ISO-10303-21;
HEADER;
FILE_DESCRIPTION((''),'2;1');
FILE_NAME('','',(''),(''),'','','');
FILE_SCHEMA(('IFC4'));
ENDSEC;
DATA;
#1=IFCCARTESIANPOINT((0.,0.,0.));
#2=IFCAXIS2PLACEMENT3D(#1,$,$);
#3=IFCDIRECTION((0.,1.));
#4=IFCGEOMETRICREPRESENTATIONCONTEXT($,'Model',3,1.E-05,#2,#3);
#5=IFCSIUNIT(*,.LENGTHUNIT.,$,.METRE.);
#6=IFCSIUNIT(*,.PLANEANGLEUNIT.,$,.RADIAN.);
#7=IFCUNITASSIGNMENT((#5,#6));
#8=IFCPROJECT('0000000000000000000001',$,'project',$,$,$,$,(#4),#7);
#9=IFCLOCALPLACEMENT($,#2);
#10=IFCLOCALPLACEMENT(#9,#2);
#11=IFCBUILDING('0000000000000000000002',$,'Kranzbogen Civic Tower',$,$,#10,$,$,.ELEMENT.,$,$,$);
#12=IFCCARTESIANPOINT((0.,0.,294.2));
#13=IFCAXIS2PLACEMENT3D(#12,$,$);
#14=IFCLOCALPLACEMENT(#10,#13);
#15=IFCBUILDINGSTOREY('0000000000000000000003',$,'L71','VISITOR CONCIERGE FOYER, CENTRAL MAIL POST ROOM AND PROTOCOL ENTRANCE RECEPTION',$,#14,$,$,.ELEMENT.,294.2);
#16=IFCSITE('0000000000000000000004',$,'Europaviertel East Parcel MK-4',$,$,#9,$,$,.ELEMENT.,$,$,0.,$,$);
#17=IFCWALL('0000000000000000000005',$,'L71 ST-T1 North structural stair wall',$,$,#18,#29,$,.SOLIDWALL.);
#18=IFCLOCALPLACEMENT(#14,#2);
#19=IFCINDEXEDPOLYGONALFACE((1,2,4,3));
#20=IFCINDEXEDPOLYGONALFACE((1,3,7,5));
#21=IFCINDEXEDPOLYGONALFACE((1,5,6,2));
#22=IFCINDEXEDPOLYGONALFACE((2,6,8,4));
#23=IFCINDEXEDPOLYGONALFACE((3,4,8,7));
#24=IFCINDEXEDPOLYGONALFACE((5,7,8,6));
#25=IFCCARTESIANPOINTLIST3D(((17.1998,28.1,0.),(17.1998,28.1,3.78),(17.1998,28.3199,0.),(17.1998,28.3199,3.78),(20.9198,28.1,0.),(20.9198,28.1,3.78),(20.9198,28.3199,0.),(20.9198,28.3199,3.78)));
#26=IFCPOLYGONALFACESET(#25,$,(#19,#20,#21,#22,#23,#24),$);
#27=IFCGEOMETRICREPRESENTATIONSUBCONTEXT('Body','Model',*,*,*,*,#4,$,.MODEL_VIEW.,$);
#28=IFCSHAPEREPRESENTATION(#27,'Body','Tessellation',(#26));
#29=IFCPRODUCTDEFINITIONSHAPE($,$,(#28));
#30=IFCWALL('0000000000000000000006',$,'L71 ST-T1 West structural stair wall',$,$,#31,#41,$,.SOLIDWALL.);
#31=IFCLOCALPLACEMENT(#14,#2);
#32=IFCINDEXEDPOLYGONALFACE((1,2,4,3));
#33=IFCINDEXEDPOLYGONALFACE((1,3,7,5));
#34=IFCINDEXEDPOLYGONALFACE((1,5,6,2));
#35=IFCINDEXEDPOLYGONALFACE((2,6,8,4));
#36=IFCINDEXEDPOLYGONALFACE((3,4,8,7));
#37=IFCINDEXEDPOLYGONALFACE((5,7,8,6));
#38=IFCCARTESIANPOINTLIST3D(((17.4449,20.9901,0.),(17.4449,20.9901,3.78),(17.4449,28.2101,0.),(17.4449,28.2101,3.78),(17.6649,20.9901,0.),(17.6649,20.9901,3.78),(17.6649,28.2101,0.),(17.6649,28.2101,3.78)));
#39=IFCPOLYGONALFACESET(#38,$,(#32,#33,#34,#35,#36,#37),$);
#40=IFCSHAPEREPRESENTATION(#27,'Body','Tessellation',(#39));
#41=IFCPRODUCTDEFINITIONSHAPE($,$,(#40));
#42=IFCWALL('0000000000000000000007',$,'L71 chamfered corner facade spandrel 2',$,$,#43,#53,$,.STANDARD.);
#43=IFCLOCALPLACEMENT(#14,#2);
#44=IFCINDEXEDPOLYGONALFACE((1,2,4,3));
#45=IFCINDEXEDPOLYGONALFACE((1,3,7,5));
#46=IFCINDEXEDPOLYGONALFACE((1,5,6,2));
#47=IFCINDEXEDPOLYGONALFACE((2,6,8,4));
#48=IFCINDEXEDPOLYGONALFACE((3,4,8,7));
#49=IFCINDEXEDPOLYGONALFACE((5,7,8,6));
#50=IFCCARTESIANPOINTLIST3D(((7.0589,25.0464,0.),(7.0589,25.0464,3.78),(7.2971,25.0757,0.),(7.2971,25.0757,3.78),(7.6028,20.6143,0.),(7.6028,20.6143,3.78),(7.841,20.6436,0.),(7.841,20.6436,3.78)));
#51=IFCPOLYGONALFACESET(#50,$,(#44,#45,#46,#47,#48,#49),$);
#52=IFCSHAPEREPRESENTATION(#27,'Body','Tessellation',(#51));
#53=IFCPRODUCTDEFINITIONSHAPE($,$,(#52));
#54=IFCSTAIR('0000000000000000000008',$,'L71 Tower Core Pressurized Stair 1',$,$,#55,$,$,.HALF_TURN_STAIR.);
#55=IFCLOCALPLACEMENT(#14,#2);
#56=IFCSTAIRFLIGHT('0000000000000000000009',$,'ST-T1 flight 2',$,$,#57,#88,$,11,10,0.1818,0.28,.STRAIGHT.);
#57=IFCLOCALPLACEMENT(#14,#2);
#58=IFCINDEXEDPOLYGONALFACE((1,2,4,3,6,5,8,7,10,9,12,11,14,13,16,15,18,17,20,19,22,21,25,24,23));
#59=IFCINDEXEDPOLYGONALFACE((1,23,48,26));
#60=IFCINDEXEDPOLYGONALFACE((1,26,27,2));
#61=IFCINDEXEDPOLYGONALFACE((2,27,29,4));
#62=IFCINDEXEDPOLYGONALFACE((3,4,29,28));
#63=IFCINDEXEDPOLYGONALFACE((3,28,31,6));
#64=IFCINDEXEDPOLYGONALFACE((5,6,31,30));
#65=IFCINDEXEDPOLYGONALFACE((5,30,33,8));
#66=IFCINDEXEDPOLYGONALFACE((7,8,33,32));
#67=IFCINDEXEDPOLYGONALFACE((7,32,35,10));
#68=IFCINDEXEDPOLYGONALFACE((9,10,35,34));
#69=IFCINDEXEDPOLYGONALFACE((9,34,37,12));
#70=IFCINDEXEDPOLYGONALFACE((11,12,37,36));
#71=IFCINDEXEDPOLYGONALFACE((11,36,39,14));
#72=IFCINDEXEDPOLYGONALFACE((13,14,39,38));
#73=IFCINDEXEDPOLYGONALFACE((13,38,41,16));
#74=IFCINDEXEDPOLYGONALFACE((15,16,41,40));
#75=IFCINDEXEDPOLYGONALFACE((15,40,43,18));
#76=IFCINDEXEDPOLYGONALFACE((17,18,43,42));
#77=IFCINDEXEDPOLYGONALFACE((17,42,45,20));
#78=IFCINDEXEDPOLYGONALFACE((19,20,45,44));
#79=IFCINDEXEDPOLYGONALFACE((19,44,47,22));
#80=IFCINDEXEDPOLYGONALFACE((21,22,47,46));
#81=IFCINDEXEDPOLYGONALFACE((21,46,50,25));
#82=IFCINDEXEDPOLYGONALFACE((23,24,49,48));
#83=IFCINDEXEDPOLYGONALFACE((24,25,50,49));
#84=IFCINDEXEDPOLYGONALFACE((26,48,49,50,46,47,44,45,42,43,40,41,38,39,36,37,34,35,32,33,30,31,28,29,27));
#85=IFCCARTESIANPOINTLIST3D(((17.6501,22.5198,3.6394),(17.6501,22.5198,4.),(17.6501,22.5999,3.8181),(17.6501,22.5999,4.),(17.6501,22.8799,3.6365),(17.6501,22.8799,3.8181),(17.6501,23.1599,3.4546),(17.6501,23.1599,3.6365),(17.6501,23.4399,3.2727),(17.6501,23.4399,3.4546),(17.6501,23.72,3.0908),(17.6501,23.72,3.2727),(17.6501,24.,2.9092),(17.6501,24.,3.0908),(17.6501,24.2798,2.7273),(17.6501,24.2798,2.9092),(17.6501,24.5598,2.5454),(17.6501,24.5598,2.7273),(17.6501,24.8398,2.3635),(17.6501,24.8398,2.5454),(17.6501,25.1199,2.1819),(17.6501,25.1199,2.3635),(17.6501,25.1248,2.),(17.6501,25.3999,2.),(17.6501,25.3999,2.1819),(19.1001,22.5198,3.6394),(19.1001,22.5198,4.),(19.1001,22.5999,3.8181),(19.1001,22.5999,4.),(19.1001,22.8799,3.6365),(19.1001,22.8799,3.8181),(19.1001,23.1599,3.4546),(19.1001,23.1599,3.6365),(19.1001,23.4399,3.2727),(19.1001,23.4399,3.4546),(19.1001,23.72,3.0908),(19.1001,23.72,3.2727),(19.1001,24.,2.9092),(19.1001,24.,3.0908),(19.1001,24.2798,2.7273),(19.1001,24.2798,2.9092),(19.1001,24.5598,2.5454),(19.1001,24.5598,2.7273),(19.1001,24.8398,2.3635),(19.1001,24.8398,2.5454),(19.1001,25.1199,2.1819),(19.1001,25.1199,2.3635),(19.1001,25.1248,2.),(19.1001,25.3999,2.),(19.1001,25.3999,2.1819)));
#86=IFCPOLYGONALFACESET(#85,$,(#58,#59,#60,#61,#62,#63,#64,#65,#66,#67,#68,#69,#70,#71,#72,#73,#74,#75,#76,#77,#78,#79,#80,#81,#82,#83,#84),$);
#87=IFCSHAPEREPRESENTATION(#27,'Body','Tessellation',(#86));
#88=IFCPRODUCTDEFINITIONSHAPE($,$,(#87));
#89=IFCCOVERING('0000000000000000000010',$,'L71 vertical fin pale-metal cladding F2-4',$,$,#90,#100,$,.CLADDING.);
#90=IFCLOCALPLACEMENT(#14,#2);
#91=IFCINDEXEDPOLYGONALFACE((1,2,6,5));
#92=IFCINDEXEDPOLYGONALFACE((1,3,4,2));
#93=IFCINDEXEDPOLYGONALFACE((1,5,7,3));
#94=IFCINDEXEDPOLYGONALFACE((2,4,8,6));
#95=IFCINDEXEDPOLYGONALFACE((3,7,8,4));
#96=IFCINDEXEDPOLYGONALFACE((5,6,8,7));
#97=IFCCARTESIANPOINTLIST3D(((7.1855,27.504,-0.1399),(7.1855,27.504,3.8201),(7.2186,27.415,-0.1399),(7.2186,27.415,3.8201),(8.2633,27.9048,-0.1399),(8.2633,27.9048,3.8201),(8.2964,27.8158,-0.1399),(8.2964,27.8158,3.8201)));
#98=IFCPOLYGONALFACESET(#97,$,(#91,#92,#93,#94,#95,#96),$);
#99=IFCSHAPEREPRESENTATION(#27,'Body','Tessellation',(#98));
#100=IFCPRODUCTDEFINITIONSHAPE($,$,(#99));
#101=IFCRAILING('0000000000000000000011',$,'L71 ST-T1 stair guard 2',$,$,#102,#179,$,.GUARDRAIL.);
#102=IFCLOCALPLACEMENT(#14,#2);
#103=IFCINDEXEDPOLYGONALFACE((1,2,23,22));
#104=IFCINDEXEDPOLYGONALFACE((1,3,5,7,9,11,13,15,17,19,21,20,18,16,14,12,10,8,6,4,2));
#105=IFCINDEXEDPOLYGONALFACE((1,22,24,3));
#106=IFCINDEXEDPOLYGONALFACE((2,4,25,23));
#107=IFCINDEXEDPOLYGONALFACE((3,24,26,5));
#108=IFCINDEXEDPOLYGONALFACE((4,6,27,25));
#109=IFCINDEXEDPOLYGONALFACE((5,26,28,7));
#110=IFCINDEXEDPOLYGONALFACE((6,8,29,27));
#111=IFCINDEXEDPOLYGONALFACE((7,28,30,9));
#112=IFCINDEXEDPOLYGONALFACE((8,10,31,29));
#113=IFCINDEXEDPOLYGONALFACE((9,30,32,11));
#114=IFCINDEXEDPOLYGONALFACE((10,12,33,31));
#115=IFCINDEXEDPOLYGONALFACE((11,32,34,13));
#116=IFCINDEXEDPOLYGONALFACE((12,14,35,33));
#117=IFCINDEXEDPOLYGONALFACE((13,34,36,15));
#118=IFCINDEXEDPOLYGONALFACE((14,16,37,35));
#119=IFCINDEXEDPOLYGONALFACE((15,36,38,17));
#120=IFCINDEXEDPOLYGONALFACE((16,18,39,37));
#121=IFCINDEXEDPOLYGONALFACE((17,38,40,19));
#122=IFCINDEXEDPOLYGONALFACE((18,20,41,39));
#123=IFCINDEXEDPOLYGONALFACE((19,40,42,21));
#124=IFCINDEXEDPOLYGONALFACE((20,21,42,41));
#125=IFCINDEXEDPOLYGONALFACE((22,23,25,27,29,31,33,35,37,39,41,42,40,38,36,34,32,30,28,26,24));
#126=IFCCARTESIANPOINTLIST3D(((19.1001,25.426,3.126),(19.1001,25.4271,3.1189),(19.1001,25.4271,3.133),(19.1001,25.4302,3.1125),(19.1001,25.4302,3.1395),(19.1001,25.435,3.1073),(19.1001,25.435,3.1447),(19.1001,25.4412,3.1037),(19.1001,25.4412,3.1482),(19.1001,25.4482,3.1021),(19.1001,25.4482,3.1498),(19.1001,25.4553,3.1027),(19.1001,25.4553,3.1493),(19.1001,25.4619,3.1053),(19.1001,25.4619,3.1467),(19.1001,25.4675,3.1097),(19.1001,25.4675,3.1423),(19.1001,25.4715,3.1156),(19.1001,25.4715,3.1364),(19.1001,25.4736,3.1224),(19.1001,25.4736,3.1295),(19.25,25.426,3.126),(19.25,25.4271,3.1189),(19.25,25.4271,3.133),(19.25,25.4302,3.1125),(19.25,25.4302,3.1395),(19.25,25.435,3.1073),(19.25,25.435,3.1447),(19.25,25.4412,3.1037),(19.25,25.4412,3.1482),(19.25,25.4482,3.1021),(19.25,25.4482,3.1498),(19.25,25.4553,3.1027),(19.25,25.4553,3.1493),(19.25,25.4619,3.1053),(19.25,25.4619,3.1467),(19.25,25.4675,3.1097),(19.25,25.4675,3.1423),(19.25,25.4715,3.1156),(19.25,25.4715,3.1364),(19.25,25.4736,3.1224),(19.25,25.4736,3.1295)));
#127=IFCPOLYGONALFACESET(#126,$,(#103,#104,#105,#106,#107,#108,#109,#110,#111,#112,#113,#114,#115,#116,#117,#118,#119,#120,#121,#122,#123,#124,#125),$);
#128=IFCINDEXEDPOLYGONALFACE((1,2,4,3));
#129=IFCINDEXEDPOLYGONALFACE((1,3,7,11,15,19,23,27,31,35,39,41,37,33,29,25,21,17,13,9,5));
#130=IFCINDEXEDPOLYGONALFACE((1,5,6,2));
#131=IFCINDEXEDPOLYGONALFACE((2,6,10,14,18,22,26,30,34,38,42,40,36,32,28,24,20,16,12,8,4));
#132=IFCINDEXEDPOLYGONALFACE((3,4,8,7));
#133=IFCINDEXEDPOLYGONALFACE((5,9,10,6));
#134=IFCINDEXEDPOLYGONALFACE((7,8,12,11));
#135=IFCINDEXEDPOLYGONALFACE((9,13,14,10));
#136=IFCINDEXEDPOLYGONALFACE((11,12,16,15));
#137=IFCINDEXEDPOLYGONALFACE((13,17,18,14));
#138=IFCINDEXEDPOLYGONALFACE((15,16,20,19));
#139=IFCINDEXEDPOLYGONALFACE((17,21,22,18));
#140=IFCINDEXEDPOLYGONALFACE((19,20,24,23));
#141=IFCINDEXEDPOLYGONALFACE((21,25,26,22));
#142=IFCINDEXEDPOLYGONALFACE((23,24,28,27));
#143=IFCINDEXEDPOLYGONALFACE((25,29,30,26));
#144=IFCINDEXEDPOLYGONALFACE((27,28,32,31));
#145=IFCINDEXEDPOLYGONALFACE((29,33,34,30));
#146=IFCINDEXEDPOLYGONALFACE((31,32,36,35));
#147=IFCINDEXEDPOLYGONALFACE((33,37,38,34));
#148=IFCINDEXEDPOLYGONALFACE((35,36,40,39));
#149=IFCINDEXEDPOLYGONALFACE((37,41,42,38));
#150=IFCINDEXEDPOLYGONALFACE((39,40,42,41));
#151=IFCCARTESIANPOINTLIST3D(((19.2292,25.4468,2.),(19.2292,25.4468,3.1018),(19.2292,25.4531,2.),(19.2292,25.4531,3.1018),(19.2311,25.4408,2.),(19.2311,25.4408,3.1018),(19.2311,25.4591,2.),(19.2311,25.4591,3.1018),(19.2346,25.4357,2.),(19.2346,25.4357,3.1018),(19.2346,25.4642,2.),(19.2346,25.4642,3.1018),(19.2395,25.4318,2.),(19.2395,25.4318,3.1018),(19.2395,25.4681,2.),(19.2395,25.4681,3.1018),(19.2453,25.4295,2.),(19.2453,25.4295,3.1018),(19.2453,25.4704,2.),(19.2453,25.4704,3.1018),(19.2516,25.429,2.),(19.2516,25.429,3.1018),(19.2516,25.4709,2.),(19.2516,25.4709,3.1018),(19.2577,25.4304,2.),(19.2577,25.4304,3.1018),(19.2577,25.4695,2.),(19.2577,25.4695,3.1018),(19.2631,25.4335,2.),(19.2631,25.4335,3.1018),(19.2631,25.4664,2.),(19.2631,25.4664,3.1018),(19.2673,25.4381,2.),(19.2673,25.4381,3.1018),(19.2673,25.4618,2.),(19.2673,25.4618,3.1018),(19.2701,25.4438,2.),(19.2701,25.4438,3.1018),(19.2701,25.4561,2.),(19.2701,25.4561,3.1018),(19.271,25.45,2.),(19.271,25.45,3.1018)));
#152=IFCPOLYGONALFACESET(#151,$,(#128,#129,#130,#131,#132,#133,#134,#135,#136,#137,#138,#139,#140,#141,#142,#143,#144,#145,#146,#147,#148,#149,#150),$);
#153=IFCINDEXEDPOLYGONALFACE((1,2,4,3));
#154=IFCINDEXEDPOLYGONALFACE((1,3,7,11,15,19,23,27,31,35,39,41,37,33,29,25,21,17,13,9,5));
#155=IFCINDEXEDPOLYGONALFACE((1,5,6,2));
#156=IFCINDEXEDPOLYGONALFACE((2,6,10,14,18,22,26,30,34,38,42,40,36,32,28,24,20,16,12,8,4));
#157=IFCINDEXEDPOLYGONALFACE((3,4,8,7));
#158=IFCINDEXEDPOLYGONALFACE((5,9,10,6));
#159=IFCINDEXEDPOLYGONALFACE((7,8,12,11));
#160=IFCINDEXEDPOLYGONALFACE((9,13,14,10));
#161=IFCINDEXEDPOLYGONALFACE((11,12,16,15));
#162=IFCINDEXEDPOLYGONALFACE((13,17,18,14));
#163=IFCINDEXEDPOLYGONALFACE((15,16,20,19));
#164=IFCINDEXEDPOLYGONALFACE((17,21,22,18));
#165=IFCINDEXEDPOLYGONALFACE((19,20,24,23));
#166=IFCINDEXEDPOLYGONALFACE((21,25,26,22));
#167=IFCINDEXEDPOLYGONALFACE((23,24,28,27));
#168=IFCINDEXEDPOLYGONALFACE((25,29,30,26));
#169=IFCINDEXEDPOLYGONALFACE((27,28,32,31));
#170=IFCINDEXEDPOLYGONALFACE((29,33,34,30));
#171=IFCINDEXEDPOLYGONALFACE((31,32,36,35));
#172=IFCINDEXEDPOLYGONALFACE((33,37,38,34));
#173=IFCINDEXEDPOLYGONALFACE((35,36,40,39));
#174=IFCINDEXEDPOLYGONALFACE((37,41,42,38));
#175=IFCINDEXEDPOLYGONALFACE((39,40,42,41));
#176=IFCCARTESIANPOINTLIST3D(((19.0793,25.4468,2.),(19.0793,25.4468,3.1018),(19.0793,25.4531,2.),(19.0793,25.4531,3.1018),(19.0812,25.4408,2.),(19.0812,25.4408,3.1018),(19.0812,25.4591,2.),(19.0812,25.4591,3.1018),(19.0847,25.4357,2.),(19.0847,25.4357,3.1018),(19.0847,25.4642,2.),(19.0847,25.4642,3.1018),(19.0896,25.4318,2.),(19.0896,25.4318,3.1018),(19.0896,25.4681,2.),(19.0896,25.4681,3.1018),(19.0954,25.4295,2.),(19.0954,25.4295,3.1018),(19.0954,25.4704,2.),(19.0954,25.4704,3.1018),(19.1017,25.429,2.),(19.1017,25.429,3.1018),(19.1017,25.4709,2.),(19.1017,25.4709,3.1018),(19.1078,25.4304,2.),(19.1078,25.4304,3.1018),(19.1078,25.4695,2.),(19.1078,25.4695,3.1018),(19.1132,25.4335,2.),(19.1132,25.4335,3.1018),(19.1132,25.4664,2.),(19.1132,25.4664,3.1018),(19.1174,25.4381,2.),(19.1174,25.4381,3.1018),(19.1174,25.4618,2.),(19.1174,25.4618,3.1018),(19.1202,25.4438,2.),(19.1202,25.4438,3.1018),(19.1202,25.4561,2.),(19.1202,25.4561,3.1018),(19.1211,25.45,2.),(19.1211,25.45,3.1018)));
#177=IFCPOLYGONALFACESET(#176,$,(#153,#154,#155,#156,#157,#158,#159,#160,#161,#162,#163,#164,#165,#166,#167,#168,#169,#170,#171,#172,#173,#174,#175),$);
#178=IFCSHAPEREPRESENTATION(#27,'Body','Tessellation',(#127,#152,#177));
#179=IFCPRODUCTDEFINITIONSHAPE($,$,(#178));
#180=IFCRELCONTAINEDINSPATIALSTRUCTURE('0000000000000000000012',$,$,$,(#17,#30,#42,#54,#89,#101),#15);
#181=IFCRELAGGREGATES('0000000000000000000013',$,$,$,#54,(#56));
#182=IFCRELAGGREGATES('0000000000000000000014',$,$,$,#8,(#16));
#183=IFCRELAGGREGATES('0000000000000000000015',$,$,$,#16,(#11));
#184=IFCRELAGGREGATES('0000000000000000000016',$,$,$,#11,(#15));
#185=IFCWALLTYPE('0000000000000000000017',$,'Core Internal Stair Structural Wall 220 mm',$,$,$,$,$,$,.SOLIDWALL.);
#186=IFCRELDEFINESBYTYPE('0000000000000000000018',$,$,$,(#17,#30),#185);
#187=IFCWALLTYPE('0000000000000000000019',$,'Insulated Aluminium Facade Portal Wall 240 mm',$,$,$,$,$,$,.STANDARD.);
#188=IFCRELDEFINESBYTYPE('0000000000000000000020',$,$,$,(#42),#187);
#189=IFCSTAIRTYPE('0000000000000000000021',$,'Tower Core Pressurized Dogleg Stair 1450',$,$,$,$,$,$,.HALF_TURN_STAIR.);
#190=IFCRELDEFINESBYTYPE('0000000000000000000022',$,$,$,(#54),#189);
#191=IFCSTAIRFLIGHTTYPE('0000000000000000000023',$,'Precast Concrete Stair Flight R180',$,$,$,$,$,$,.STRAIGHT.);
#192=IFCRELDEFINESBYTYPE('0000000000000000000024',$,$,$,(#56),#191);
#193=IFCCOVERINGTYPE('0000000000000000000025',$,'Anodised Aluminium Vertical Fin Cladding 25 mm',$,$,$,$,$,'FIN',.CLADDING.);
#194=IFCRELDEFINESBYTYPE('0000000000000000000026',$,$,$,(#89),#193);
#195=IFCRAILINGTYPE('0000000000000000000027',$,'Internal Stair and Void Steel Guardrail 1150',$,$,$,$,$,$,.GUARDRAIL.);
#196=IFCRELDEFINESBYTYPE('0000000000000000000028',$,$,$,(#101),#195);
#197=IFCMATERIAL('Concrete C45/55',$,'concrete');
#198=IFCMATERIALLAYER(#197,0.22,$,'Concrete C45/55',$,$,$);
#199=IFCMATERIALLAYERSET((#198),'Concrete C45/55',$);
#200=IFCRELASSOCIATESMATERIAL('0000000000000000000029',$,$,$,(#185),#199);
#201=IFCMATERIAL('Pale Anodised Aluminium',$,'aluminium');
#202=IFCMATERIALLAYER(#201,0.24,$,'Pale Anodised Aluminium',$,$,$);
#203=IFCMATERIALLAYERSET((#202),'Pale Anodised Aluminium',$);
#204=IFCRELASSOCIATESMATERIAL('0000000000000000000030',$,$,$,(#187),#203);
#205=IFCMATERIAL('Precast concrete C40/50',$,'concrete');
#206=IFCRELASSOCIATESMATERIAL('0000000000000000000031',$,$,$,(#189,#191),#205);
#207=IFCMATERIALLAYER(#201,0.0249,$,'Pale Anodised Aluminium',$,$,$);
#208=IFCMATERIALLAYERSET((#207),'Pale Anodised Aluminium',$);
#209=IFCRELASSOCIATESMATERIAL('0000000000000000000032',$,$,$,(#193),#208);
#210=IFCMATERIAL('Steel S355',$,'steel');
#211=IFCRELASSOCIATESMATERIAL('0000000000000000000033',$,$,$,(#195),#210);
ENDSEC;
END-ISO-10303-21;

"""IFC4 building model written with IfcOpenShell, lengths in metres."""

from ifc_helpers import new_model, si_unit, direction, frame, frame_2d, origin, origin_2d, place, context, subcontext, project, spatial, polyline, rectangle, circle, outline, extrude, material, layer, layer_set, type_object, element, aggregate, save


model = new_model("IFC4")

# Units and contexts
model_context = context("Model", 3, precision=1e-05, world=origin(), true_north=direction((0.0, 1.0)))
body_context = subcontext(model_context, "Body", "Model", "MODEL_VIEW")
ifc_project = project(units=[si_unit("LENGTHUNIT", "METRE"), si_unit("PLANEANGLEUNIT", "RADIAN")], contexts=[model_context])

# Site, building, storey
site_placement = place(None, origin())
site = spatial("IfcSite", under=ifc_project, at=site_placement, Name="Europaviertel East Parcel MK-4", CompositionType="ELEMENT", RefElevation=0.0)
building_placement = place(site_placement, origin())
building = spatial("IfcBuilding", under=site, at=building_placement, Name="Kranzbogen Civic Tower", CompositionType="ELEMENT")
storey_placement = place(building_placement, frame((0.0, 0.0, 294.2)))
storey = spatial("IfcBuildingStorey", under=building, at=storey_placement, Name="L71", Description="VISITOR CONCIERGE FOYER, CENTRAL MAIL POST ROOM AND PROTOCOL ENTRANCE RECEPTION", CompositionType="ELEMENT", Elevation=294.2)

# Shared definitions
ifc_material_1 = material(Name="Steel S355", Category="steel")

# Shared definitions
ifc_material_2 = material(Name="Pale Anodised Aluminium", Category="aluminium")

# Shared definitions
ifc_material_3 = material(Name="Concrete C45/55", Category="concrete")

# Walls
ifc_layer_1 = layer(ifc_material_3, 0.22, Name="Concrete C45/55")
ifc_layer_set_1 = layer_set([ifc_layer_1], Name="Concrete C45/55")
wall_type_1 = type_object("IfcWallType", Name="Core Internal Stair Structural Wall 220 mm", PredefinedType="SOLIDWALL", material=ifc_layer_set_1)
wall_1_placement = place(storey_placement, frame((17.2, 28.21, 0.0), z_axis=(0.0, 0.0, 1.0), x_axis=(1.0, 0.0, 0.0)))
element("IfcWall", 1, at=wall_1_placement, inside=storey, type_object=wall_type_1, Name="L71 ST-T1 North structural stair wall", PredefinedType="SOLIDWALL", context=body_context, shape_type="SweptSolid", body=[
    extrude(rectangle(XDim=3.72, YDim=0.22, at=frame_2d((1.8599, 0.0))), origin(), (0.0, 0.0, 1.0), 3.78),
])
wall_2_placement = place(storey_placement, frame((17.5549, 28.21, 0.0), z_axis=(0.0, 0.0, 1.0), x_axis=(0.0, -1.0, 0.0)))
element("IfcWall", 2, at=wall_2_placement, inside=storey, type_object=wall_type_1, Name="L71 ST-T1 West structural stair wall", PredefinedType="SOLIDWALL", context=body_context, shape_type="SweptSolid", body=[
    extrude(rectangle(XDim=7.22, YDim=0.22, at=frame_2d((3.6099, 0.0))), origin(), (0.0, 0.0, 1.0), 3.78),
])
ifc_layer_2 = layer(ifc_material_2, 0.24, Name="Pale Anodised Aluminium")
ifc_layer_set_2 = layer_set([ifc_layer_2], Name="Pale Anodised Aluminium")
wall_type_2 = type_object("IfcWallType", Name="Insulated Aluminium Facade Portal Wall 240 mm", PredefinedType="STANDARD", material=ifc_layer_set_2)
wall_3_placement = place(storey_placement, frame((7.178, 25.061, 0.0), z_axis=(0.0, 0.0, 1.0), x_axis=(0.121814, -0.992553, 0.0)))
element("IfcWall", 3, at=wall_3_placement, inside=storey, type_object=wall_type_2, Name="L71 chamfered corner facade spandrel 2", PredefinedType="STANDARD", context=body_context, shape_type="SweptSolid", body=[
    extrude(rectangle(XDim=4.4653, YDim=0.24, at=frame_2d((2.2327, 0.0))), origin(), (0.0, 0.0, 1.0), 3.78),
])

# Stair, stair flight
ifc_material_4 = material(Name="Precast concrete C40/50", Category="concrete")
stair_type = type_object("IfcStairType", Name="Tower Core Pressurized Dogleg Stair 1450", PredefinedType="HALF_TURN_STAIR", material=ifc_material_4)
stair_placement = place(storey_placement, origin())
stair = element("IfcStair", 4, at=stair_placement, inside=storey, type_object=stair_type, Name="L71 Tower Core Pressurized Stair 1", PredefinedType="HALF_TURN_STAIR")
stair_flight_type = type_object("IfcStairFlightType", Name="Precast Concrete Stair Flight R180", PredefinedType="STRAIGHT", material=ifc_material_4)
stair_flight_placement = place(storey_placement, frame((18.375, 25.3999, 2.0), z_axis=(0.0, 0.0, 1.0), x_axis=(0.0, -1.0, 0.0)))
stair_flight = element("IfcStairFlight", 5, at=stair_flight_placement, type_object=stair_flight_type, Name="ST-T1 flight 2", NumberOfRisers=11, NumberOfTreads=10, PredefinedType="STRAIGHT", RiserHeight=0.1818, TreadLength=0.28, context=body_context, shape_type="SweptSolid", body=[
    extrude(outline(polyline([(0.0, 0.0), (0.0, 0.1819), (0.28, 0.1819), (0.28, 0.3635), (0.5601, 0.3635), (0.5601, 0.5454), (0.8401, 0.5454), (0.8401, 0.7273), (1.1201, 0.7273), (1.1201, 0.9092), (1.3999, 0.9092), (1.3999, 1.0908), (1.6799, 1.0908), (1.6799, 1.2727), (1.96, 1.2727), (1.96, 1.4546), (2.24, 1.4546), (2.24, 1.6365), (2.52, 1.6365), (2.52, 1.8181), (2.8, 1.8181), (2.8, 2.0), (2.8801, 2.0), (2.8801, 1.6394), (0.2751, 0.0), (0.0, 0.0)])), frame((0.0, 0.7251, 0.0), z_axis=(0.0, -1.0, 0.0), x_axis=(1.0, 0.0, 0.0)), (0.0, 0.0, 1.0), 1.45),
])
aggregate(stair, [stair_flight])

# Covering
ifc_layer_3 = layer(ifc_material_2, 0.0249, Name="Pale Anodised Aluminium")
ifc_layer_set_3 = layer_set([ifc_layer_3], Name="Pale Anodised Aluminium")
covering_type = type_object("IfcCoveringType", Name="Anodised Aluminium Vertical Fin Cladding 25 mm", ElementType="FIN", PredefinedType="CLADDING", material=ifc_layer_set_3)
covering_placement = place(storey_placement, frame((7.741, 27.6599, -0.1399), z_axis=(0.0, 0.0, 1.0), x_axis=(-0.9373, -0.348523, 0.0)))
element("IfcCovering", 6, at=covering_placement, inside=storey, type_object=covering_type, Name="L71 vertical fin pale-metal cladding F2-4", PredefinedType="CLADDING", context=body_context, shape_type="SweptSolid", body=[
    extrude(rectangle(XDim=1.1499, YDim=0.095, at=origin_2d()), origin(), (0.0, 0.0, 1.0), 3.96),
])

# Railing
railing_type_1 = type_object("IfcRailingType", Name="Internal Stair and Void Steel Guardrail 1150", PredefinedType="GUARDRAIL", material=ifc_material_1)
railing_1_placement = place(storey_placement, frame((19.25, 25.45, 2.0)))
element("IfcRailing", 7, at=railing_1_placement, inside=storey, type_object=railing_type_1, Name="L71 ST-T1 stair guard 2", PredefinedType="GUARDRAIL", context=body_context, shape_type="SweptSolid", body=[
    extrude(circle(Radius=0.0239, at=origin_2d()), frame((0.0, 0.0, 1.126), z_axis=(-1.0, 0.0, 0.0), x_axis=(0.0, -1.0, 0.0)), (0.0, 0.0, 1.0), 0.1499),
    extrude(circle(Radius=0.021, at=origin_2d()), origin(), (0.0, 0.0, 1.0), 1.1018),
    extrude(circle(Radius=0.021, at=origin_2d()), frame((-0.1499, 0.0, 0.0)), (0.0, 0.0, 1.0), 1.1018),
])

save(model, "model.ifc")
